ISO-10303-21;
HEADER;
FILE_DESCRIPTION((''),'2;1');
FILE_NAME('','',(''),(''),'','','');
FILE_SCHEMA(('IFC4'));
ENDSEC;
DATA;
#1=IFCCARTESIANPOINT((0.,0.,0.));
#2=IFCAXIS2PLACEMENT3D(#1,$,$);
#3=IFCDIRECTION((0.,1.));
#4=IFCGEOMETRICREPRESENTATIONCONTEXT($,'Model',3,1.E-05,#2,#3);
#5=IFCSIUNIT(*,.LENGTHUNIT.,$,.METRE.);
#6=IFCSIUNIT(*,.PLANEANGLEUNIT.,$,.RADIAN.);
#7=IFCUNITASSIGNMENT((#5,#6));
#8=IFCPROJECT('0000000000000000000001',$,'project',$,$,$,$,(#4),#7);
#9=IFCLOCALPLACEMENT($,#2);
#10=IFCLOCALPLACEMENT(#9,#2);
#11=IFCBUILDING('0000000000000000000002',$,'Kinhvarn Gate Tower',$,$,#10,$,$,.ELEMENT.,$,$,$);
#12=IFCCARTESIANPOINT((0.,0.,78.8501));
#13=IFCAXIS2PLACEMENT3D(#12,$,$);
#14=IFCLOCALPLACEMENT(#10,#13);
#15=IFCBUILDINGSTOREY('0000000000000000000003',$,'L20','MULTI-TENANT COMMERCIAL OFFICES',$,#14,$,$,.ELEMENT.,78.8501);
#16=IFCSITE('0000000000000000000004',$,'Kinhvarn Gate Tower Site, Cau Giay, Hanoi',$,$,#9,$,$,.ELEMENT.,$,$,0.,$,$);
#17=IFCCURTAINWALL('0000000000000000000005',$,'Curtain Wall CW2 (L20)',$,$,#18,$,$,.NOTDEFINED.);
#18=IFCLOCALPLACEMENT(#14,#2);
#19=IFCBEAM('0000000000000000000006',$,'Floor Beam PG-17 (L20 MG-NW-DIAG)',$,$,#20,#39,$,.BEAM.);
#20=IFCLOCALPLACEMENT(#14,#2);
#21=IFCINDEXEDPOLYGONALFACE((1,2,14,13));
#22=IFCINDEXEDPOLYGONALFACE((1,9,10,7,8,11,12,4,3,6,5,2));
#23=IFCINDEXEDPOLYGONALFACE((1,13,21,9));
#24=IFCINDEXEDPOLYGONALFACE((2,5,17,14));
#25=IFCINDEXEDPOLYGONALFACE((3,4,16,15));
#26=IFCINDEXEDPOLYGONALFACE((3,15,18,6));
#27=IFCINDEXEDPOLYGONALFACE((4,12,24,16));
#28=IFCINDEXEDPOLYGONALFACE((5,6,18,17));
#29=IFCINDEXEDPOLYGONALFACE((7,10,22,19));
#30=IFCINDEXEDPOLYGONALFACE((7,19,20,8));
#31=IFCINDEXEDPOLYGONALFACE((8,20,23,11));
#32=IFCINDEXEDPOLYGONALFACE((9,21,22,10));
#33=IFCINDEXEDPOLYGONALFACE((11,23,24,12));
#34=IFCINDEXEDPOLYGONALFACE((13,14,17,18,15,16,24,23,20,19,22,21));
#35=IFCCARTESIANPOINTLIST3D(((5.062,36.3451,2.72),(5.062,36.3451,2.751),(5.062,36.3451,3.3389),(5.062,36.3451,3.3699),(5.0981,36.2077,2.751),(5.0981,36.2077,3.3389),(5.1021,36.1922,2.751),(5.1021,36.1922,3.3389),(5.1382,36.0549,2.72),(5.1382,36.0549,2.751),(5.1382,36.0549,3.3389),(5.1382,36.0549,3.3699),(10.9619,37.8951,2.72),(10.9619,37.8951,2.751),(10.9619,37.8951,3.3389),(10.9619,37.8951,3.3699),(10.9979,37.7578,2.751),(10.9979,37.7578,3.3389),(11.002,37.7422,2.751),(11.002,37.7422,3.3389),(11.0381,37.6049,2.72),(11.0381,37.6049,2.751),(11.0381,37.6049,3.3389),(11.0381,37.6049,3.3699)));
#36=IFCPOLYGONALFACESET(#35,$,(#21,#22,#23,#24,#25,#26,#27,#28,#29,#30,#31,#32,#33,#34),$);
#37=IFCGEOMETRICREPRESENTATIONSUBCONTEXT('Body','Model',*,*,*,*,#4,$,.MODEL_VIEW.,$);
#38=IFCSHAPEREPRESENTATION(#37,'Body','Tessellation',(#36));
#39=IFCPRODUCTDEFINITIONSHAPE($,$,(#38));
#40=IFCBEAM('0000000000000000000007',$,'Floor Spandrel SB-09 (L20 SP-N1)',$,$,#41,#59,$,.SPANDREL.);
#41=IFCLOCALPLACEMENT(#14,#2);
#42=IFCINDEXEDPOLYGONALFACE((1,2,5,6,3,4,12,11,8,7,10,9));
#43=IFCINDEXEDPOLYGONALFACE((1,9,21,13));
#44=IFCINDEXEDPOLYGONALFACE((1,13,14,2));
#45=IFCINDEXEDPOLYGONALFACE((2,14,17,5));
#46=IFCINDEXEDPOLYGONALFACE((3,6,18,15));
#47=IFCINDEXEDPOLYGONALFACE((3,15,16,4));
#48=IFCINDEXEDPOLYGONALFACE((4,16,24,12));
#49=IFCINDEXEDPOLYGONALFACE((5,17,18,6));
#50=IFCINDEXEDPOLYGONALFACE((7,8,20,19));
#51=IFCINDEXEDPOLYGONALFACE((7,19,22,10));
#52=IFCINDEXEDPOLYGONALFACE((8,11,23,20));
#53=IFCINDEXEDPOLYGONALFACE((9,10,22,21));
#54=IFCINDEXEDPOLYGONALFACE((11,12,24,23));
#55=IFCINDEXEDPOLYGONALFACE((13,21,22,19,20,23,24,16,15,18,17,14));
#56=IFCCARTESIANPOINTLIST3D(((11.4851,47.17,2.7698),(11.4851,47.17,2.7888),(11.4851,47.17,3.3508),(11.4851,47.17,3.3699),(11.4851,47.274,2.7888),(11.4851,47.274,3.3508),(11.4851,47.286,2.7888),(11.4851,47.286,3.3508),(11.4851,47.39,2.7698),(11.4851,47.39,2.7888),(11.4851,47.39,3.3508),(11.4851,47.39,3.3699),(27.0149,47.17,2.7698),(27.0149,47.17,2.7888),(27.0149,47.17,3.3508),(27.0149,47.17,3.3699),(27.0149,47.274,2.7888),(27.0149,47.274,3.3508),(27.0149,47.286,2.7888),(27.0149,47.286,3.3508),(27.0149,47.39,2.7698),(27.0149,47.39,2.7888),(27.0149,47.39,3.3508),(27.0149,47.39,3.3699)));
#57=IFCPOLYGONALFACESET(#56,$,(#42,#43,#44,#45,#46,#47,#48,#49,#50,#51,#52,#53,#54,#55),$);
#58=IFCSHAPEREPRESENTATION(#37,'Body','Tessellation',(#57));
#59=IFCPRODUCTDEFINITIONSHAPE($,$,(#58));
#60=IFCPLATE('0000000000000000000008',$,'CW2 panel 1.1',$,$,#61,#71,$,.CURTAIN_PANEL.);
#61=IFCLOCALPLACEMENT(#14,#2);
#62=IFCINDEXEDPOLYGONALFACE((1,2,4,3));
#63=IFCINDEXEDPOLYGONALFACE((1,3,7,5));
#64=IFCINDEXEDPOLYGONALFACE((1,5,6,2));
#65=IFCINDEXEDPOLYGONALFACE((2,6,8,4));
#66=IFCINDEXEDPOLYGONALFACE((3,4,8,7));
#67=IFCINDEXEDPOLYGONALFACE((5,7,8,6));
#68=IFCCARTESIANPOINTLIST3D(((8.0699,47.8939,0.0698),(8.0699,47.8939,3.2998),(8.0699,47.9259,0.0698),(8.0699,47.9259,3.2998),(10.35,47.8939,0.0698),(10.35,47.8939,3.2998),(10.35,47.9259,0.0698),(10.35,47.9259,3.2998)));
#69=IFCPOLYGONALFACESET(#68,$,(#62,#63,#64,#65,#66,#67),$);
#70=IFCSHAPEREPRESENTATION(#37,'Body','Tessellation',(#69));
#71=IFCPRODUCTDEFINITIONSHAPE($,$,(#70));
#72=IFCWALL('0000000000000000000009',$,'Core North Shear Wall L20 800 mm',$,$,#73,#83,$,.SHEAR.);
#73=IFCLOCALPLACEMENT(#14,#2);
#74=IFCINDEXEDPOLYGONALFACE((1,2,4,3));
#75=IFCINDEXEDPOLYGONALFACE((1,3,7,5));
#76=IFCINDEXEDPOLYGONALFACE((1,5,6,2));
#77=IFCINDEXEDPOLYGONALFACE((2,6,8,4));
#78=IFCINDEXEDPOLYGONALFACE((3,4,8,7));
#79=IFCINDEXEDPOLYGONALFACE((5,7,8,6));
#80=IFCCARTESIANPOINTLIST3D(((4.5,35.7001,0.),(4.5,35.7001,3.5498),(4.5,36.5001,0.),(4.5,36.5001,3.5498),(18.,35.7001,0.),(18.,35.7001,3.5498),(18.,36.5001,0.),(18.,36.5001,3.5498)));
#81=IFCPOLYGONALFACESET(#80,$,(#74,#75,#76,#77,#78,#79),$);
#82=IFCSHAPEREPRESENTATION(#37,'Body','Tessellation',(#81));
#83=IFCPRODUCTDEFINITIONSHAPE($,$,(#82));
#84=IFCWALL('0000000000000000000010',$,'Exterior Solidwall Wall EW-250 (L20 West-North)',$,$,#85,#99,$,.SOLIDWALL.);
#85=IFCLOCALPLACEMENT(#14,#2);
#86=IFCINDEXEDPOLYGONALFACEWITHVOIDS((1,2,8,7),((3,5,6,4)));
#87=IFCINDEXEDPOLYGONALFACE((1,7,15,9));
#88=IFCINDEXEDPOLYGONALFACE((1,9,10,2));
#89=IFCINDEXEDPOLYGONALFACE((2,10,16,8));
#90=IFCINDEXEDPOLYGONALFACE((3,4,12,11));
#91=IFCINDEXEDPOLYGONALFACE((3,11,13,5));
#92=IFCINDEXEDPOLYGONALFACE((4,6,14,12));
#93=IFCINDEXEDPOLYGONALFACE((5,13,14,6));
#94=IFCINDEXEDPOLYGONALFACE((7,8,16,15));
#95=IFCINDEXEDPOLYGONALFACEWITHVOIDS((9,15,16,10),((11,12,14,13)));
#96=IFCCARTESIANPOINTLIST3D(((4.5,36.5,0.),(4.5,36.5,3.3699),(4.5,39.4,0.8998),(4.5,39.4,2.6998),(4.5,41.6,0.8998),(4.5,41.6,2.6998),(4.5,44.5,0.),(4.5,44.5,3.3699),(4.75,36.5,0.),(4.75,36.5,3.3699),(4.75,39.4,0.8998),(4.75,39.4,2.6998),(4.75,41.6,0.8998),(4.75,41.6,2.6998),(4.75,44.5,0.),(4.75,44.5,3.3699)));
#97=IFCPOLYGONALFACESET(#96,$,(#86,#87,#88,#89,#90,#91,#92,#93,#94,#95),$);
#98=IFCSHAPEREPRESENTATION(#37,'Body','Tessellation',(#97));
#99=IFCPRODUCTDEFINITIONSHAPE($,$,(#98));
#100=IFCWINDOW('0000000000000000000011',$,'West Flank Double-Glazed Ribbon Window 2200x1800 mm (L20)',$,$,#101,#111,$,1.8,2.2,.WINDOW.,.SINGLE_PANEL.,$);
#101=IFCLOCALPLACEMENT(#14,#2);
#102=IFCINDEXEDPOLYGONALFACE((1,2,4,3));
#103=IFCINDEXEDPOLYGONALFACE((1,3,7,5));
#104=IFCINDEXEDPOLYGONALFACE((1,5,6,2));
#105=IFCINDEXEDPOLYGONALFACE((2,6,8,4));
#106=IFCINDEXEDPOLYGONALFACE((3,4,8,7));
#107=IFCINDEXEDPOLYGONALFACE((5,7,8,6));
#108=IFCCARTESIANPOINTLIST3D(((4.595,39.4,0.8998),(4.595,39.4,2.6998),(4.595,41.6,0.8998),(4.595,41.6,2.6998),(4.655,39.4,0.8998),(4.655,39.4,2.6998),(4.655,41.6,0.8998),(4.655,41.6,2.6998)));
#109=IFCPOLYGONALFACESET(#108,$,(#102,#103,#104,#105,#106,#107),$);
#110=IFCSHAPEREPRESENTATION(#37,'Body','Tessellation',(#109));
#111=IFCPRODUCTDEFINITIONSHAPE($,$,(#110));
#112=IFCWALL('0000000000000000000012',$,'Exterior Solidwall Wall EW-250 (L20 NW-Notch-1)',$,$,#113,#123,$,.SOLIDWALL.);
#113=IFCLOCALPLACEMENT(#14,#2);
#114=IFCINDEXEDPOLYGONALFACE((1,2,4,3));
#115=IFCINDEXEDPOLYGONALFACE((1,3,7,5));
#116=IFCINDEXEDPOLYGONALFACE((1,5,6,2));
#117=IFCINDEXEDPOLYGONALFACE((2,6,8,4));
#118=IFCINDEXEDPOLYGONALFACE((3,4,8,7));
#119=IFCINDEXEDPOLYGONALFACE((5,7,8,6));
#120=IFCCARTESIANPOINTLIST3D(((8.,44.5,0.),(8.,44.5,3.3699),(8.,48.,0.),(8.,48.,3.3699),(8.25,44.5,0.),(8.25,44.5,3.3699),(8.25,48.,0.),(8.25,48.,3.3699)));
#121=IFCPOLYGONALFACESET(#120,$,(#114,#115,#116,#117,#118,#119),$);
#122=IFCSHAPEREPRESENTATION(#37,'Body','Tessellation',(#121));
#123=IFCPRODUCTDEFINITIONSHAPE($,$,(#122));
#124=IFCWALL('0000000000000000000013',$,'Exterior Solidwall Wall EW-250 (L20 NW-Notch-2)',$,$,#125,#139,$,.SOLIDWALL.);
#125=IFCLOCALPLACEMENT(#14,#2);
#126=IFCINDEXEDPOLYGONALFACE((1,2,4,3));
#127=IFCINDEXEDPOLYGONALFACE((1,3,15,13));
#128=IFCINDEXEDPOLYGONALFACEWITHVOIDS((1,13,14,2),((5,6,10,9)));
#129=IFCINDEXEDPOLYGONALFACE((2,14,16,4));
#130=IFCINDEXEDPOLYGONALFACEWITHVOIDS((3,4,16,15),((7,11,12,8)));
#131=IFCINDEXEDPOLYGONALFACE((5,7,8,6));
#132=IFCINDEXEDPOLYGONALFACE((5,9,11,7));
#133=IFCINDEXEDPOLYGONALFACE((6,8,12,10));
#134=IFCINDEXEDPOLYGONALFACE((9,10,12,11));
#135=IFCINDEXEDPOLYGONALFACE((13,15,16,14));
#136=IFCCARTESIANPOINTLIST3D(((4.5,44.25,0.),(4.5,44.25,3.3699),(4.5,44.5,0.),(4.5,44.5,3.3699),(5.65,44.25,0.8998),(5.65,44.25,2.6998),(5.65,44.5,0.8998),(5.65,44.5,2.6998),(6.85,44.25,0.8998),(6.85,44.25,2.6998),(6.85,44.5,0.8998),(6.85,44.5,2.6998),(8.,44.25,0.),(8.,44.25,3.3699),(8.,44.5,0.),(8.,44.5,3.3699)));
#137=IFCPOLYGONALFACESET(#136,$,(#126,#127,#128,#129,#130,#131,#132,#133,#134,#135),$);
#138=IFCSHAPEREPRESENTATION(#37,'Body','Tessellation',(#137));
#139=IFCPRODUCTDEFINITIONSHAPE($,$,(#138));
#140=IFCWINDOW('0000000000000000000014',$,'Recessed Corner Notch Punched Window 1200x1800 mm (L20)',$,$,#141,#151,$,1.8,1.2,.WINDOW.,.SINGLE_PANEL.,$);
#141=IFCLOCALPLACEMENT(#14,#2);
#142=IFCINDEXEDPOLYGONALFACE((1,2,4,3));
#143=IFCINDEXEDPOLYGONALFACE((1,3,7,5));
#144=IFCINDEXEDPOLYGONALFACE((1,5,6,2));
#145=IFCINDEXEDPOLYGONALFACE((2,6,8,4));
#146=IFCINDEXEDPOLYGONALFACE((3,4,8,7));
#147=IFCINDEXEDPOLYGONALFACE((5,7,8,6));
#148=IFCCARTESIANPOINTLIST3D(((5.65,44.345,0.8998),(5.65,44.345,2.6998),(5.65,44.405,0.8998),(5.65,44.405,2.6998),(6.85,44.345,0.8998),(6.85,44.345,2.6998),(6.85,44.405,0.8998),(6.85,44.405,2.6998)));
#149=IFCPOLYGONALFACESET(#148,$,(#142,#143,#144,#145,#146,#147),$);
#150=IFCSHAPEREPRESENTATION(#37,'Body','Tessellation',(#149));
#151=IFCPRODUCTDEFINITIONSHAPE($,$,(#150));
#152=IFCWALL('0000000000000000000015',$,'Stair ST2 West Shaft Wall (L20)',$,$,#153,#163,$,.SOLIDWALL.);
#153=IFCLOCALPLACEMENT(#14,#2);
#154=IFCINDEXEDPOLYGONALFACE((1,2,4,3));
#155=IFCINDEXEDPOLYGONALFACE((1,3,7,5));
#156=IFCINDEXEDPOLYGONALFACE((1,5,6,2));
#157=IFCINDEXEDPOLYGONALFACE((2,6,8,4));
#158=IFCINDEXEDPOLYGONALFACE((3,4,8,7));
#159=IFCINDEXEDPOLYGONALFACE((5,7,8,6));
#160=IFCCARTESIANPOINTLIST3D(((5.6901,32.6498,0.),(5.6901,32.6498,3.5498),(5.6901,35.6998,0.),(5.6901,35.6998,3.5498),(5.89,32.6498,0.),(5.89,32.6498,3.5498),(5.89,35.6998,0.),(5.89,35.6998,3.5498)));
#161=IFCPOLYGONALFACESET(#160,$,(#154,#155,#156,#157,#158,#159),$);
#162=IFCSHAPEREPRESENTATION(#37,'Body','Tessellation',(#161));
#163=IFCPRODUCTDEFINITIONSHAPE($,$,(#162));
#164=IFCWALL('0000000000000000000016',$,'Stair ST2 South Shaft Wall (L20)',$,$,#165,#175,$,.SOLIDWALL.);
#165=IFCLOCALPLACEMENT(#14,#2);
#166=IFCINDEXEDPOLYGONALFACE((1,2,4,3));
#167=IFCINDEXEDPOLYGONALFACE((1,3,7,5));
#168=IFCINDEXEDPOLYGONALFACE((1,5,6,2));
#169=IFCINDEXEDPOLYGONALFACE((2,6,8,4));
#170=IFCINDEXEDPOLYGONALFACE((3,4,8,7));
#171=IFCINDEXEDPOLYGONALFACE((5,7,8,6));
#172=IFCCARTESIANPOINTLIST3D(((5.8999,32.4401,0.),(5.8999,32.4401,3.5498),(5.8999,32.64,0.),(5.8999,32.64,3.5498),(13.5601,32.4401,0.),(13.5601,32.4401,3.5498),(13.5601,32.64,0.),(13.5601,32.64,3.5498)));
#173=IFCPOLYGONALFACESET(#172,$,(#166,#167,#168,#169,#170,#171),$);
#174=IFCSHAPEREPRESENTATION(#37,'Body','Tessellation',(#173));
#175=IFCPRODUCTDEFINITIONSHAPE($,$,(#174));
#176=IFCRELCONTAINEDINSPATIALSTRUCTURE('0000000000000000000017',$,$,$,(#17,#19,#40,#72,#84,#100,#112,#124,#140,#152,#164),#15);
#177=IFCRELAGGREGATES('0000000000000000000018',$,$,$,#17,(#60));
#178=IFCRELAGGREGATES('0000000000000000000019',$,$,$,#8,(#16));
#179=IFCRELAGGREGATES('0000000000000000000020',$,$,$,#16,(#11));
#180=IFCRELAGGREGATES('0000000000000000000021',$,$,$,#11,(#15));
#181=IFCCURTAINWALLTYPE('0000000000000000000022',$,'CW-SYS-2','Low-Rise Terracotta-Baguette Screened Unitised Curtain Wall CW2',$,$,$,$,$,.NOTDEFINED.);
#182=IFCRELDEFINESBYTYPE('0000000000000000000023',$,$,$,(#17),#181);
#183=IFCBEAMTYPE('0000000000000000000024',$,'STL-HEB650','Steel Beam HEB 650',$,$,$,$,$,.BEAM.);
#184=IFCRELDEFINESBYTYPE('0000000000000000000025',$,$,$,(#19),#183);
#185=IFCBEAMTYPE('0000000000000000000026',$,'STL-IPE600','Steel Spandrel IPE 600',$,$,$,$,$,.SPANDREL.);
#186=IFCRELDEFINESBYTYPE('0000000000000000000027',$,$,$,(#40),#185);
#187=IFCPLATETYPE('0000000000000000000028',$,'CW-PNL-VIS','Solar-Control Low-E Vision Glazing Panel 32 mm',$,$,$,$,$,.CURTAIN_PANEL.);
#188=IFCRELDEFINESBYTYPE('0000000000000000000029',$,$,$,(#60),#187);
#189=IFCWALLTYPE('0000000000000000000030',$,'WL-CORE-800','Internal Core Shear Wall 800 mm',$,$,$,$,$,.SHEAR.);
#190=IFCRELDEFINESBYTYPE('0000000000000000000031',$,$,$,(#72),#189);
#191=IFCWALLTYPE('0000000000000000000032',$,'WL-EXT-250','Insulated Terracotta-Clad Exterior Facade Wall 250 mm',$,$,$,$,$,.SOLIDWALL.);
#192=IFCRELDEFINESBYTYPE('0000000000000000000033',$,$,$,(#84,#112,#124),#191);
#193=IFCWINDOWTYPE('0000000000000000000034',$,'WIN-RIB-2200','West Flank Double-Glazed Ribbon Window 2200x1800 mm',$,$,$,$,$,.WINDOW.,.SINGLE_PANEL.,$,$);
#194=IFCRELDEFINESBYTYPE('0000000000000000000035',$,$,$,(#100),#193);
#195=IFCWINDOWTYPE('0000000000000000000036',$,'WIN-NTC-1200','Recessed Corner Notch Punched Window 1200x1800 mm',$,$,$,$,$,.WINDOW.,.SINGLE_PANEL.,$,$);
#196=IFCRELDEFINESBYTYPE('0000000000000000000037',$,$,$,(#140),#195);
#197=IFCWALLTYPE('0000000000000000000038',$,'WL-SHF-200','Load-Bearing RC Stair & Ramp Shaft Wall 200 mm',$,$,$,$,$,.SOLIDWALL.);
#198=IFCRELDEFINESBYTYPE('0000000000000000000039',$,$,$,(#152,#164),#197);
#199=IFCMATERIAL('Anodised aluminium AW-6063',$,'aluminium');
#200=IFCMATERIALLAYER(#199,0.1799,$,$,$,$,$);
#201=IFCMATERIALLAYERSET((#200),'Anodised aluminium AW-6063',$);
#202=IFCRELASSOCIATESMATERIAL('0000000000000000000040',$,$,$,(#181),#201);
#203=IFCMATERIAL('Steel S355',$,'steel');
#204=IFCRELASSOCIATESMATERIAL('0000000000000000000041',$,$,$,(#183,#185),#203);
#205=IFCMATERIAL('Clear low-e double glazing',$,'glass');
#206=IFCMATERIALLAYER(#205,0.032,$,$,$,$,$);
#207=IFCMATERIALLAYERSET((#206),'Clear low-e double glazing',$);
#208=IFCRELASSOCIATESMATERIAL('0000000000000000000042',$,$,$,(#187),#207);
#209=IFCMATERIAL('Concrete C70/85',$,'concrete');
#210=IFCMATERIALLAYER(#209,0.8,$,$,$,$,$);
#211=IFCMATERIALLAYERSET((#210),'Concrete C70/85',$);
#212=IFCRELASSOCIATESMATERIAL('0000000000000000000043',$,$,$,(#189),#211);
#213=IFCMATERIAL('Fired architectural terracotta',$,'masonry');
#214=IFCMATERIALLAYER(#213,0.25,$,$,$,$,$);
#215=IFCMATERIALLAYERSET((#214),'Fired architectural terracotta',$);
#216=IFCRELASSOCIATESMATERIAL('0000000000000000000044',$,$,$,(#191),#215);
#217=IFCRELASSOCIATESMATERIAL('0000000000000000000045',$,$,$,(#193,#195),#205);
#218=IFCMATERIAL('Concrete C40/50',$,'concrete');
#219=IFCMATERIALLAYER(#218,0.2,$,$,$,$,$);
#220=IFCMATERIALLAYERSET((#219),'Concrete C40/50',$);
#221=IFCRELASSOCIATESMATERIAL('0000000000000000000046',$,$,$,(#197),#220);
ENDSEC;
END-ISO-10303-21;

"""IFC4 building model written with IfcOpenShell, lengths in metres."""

from ifc_helpers import new_model, si_unit, direction, frame, frame_2d, origin, origin_2d, place, context, subcontext, project, spatial, rectangle, i_section, extrude, material, layer, layer_set, material_profile, profile_set, type_object, element, fill, aggregate, save


model = new_model("IFC4")

# Units and contexts
model_context = context("Model", 3, precision=1e-05, world=origin(), true_north=direction((0.0, 1.0)))
body_context = subcontext(model_context, "Body", "Model", "MODEL_VIEW")
ifc_project = project(units=[si_unit("LENGTHUNIT", "METRE"), si_unit("PLANEANGLEUNIT", "RADIAN")], contexts=[model_context])

# Site, building, storey
site_placement = place(None, origin())
site = spatial("IfcSite", under=ifc_project, at=site_placement, Name="Kinhvarn Gate Tower Site, Cau Giay, Hanoi", CompositionType="ELEMENT", RefElevation=0.0)
building_placement = place(site_placement, origin())
building = spatial("IfcBuilding", under=site, at=building_placement, Name="Kinhvarn Gate Tower", CompositionType="ELEMENT")
storey_placement = place(building_placement, frame((0.0, 0.0, 78.8501)))
storey = spatial("IfcBuildingStorey", under=building, at=storey_placement, Name="L20", Description="MULTI-TENANT COMMERCIAL OFFICES", CompositionType="ELEMENT", Elevation=78.8501)

# Shared definitions
ifc_material_1 = material(Name="Concrete C70/85", Category="concrete")

# Shared definitions
ifc_material_2 = material(Name="Anodised aluminium AW-6063", Category="aluminium")
ifc_layer_1 = layer(ifc_material_2, 0.1799)
ifc_layer_set_1 = layer_set([ifc_layer_1], Name="Anodised aluminium AW-6063")
curtain_wall_type = type_object("IfcCurtainWallType", Name="CW-SYS-2", Description="Low-Rise Terracotta-Baguette Screened Unitised Curtain Wall CW2", PredefinedType="NOTDEFINED", material=ifc_layer_set_1)

# Curtain wall
curtain_wall_1_placement = place(storey_placement, origin())
curtain_wall_1 = element("IfcCurtainWall", 1, at=curtain_wall_1_placement, inside=storey, type_object=curtain_wall_type, Name="Curtain Wall CW2 (L20)", PredefinedType="NOTDEFINED")

# Beams
ifc_material_3 = material(Name="Steel S355", Category="steel")
ifc_material_profile_1 = material_profile(ifc_material_3, i_section(OverallWidth=0.3, OverallDepth=0.6499, WebThickness=0.0161, FlangeThickness=0.031, at=origin_2d()), Name="HEB 650")
ifc_profile_set_1 = profile_set([ifc_material_profile_1], Name="Steel S355")
beam_type_1 = type_object("IfcBeamType", Name="STL-HEB650", Description="Steel Beam HEB 650", PredefinedType="BEAM", material=ifc_profile_set_1)
beam_1_placement = place(storey_placement, frame((5.1001, 36.2, 3.0449), z_axis=(0.967178, 0.254101, 0.0), x_axis=(-0.254101, 0.967178, 0.0)))
element("IfcBeam", 2, at=beam_1_placement, inside=storey, type_object=beam_type_1, Name="Floor Beam PG-17 (L20 MG-NW-DIAG)", PredefinedType="BEAM", context=body_context, shape_type="SweptSolid", body=[
    extrude(i_section(OverallWidth=0.3, OverallDepth=0.6499, WebThickness=0.0161, FlangeThickness=0.031, at=origin_2d()), origin(), (0.0, 0.0, 1.0), 6.1001),
])
ifc_material_profile_2 = material_profile(ifc_material_3, i_section(OverallWidth=0.22, OverallDepth=0.6001, WebThickness=0.012, FlangeThickness=0.019, at=origin_2d()), Name="IPE 600")
ifc_profile_set_2 = profile_set([ifc_material_profile_2], Name="Steel S355")
beam_type_2 = type_object("IfcBeamType", Name="STL-IPE600", Description="Steel Spandrel IPE 600", PredefinedType="SPANDREL", material=ifc_profile_set_2)
beam_2_placement = place(storey_placement, frame((11.4851, 47.28, 3.0698), z_axis=(1.0, 0.0, 0.0), x_axis=(0.0, 1.0, 0.0)))
element("IfcBeam", 3, at=beam_2_placement, inside=storey, type_object=beam_type_2, Name="Floor Spandrel SB-09 (L20 SP-N1)", PredefinedType="SPANDREL", context=body_context, shape_type="SweptSolid", body=[
    extrude(i_section(OverallWidth=0.22, OverallDepth=0.6001, WebThickness=0.012, FlangeThickness=0.019, at=origin_2d()), origin(), (0.0, 0.0, 1.0), 15.5298),
])

# Plate
ifc_material_4 = material(Name="Clear low-e double glazing", Category="glass")
ifc_layer_2 = layer(ifc_material_4, 0.032)
ifc_layer_set_2 = layer_set([ifc_layer_2], Name="Clear low-e double glazing")
plate_type = type_object("IfcPlateType", Name="CW-PNL-VIS", Description="Solar-Control Low-E Vision Glazing Panel 32 mm", PredefinedType="CURTAIN_PANEL", material=ifc_layer_set_2)
plate_placement = place(storey_placement, frame((9.21, 47.9099, 0.0698), z_axis=(0.0, 0.0, 1.0), x_axis=(-1.0, 0.0, 0.0)))
plate = element("IfcPlate", 4, at=plate_placement, type_object=plate_type, Name="CW2 panel 1.1", PredefinedType="CURTAIN_PANEL", context=body_context, shape_type="SweptSolid", body=[
    extrude(rectangle(XDim=2.28, YDim=0.032, at=origin_2d()), origin(), (0.0, 0.0, 1.0), 3.23),
])
aggregate(curtain_wall_1, [plate])

# Wall
ifc_layer_3 = layer(ifc_material_1, 0.8)
ifc_layer_set_3 = layer_set([ifc_layer_3], Name="Concrete C70/85")
wall_type_1 = type_object("IfcWallType", Name="WL-CORE-800", Description="Internal Core Shear Wall 800 mm", PredefinedType="SHEAR", material=ifc_layer_set_3)
wall_1_placement = place(storey_placement, frame((4.5, 36.1001, 0.0), z_axis=(0.0, 0.0, 1.0), x_axis=(1.0, 0.0, 0.0)))
element("IfcWall", 5, at=wall_1_placement, inside=storey, type_object=wall_type_1, Name="Core North Shear Wall L20 800 mm", PredefinedType="SHEAR", context=body_context, shape_type="SweptSolid", body=[
    extrude(rectangle(XDim=13.5, YDim=0.8, at=frame_2d((6.75, 0.0))), origin(), (0.0, 0.0, 1.0), 3.5498),
])

# Wall, opening, window
ifc_material_5 = material(Name="Fired architectural terracotta", Category="masonry")
ifc_layer_4 = layer(ifc_material_5, 0.25)
ifc_layer_set_4 = layer_set([ifc_layer_4], Name="Fired architectural terracotta")
wall_type_2 = type_object("IfcWallType", Name="WL-EXT-250", Description="Insulated Terracotta-Clad Exterior Facade Wall 250 mm", PredefinedType="SOLIDWALL", material=ifc_layer_set_4)
wall_2_placement = place(storey_placement, frame((4.625, 44.5, 0.0), z_axis=(0.0, 0.0, 1.0), x_axis=(0.0, -1.0, 0.0)))
wall_2 = element("IfcWall", 6, at=wall_2_placement, inside=storey, type_object=wall_type_2, Name="Exterior Solidwall Wall EW-250 (L20 West-North)", PredefinedType="SOLIDWALL", context=body_context, shape_type="SweptSolid", body=[
    extrude(rectangle(XDim=8.0, YDim=0.25, at=frame_2d((4.0, 0.0))), origin(), (0.0, 0.0, 1.0), 3.3699),
])
opening_1_placement = place(wall_2_placement, frame((2.8999, 0.0, 0.8999)))
opening_1 = element("IfcOpeningElement", 7, at=opening_1_placement, cuts=wall_2, PredefinedType="OPENING", context=body_context, shape_type="SweptSolid", body=[
    extrude(rectangle(XDim=2.2, YDim=1.8, at=frame_2d((1.1001, 0.8999))), frame((0.0, 0.135, 0.0), z_axis=(0.0, -1.0, 0.0), x_axis=(1.0, 0.0, 0.0)), (0.0, 0.0, 1.0), 0.27),
])
window_type_1 = type_object("IfcWindowType", Name="WIN-RIB-2200", Description="West Flank Double-Glazed Ribbon Window 2200x1800 mm", PartitioningType="SINGLE_PANEL", PredefinedType="WINDOW", material=ifc_material_4)
window_1_placement = place(opening_1_placement, origin())
window_1 = element("IfcWindow", 8, at=window_1_placement, inside=storey, type_object=window_type_1, Name="West Flank Double-Glazed Ribbon Window 2200x1800 mm (L20)", OverallHeight=1.8, OverallWidth=2.2, PartitioningType="SINGLE_PANEL", PredefinedType="WINDOW", context=body_context, shape_type="SweptSolid", body=[
    extrude(rectangle(XDim=2.2, YDim=1.8, at=frame_2d((1.1001, 0.8999))), frame((0.0, 0.03, 0.0), z_axis=(0.0, -1.0, 0.0), x_axis=(1.0, 0.0, 0.0)), (0.0, 0.0, 1.0), 0.0601),
])
fill(opening_1, window_1)

# Wall
wall_3_placement = place(storey_placement, frame((8.125, 48.0, 0.0), z_axis=(0.0, 0.0, 1.0), x_axis=(0.0, -1.0, 0.0)))
element("IfcWall", 9, at=wall_3_placement, inside=storey, type_object=wall_type_2, Name="Exterior Solidwall Wall EW-250 (L20 NW-Notch-1)", PredefinedType="SOLIDWALL", context=body_context, shape_type="SweptSolid", body=[
    extrude(rectangle(XDim=3.5, YDim=0.25, at=frame_2d((1.75, 0.0))), origin(), (0.0, 0.0, 1.0), 3.3699),
])

# Wall, opening, window
wall_4_placement = place(storey_placement, frame((8.0, 44.375, 0.0), z_axis=(0.0, 0.0, 1.0), x_axis=(-1.0, 0.0, 0.0)))
wall_4 = element("IfcWall", 10, at=wall_4_placement, inside=storey, type_object=wall_type_2, Name="Exterior Solidwall Wall EW-250 (L20 NW-Notch-2)", PredefinedType="SOLIDWALL", context=body_context, shape_type="SweptSolid", body=[
    extrude(rectangle(XDim=3.5, YDim=0.25, at=frame_2d((1.75, 0.0))), origin(), (0.0, 0.0, 1.0), 3.3699),
])
opening_2_placement = place(wall_4_placement, frame((1.1499, 0.0, 0.8999)))
opening_2 = element("IfcOpeningElement", 11, at=opening_2_placement, cuts=wall_4, PredefinedType="OPENING", context=body_context, shape_type="SweptSolid", body=[
    extrude(rectangle(XDim=1.2, YDim=1.8, at=frame_2d((0.6001, 0.8999))), frame((0.0, 0.135, 0.0), z_axis=(0.0, -1.0, 0.0), x_axis=(1.0, 0.0, 0.0)), (0.0, 0.0, 1.0), 0.27),
])
window_type_2 = type_object("IfcWindowType", Name="WIN-NTC-1200", Description="Recessed Corner Notch Punched Window 1200x1800 mm", PartitioningType="SINGLE_PANEL", PredefinedType="WINDOW", material=ifc_material_4)
window_2_placement = place(opening_2_placement, origin())
window_2 = element("IfcWindow", 12, at=window_2_placement, inside=storey, type_object=window_type_2, Name="Recessed Corner Notch Punched Window 1200x1800 mm (L20)", OverallHeight=1.8, OverallWidth=1.2, PartitioningType="SINGLE_PANEL", PredefinedType="WINDOW", context=body_context, shape_type="SweptSolid", body=[
    extrude(rectangle(XDim=1.2, YDim=1.8, at=frame_2d((0.6001, 0.8999))), frame((0.0, 0.03, 0.0), z_axis=(0.0, -1.0, 0.0), x_axis=(1.0, 0.0, 0.0)), (0.0, 0.0, 1.0), 0.0601),
])
fill(opening_2, window_2)

# Walls
ifc_material_6 = material(Name="Concrete C40/50", Category="concrete")
ifc_layer_5 = layer(ifc_material_6, 0.2)
ifc_layer_set_5 = layer_set([ifc_layer_5], Name="Concrete C40/50")
wall_type_3 = type_object("IfcWallType", Name="WL-SHF-200", Description="Load-Bearing RC Stair & Ramp Shaft Wall 200 mm", PredefinedType="SOLIDWALL", material=ifc_layer_set_5)
wall_5_placement = place(storey_placement, frame((5.79, 32.6499, 0.0), z_axis=(0.0, 0.0, 1.0), x_axis=(0.0, 1.0, 0.0)))
element("IfcWall", 13, at=wall_5_placement, inside=storey, type_object=wall_type_3, Name="Stair ST2 West Shaft Wall (L20)", PredefinedType="SOLIDWALL", context=body_context, shape_type="SweptSolid", body=[
    extrude(rectangle(XDim=3.05, YDim=0.2, at=frame_2d((1.5249, 0.0))), origin(), (0.0, 0.0, 1.0), 3.5498),
])
wall_6_placement = place(storey_placement, frame((5.8999, 32.54, 0.0), z_axis=(0.0, 0.0, 1.0), x_axis=(1.0, 0.0, 0.0)))
element("IfcWall", 14, at=wall_6_placement, inside=storey, type_object=wall_type_3, Name="Stair ST2 South Shaft Wall (L20)", PredefinedType="SOLIDWALL", context=body_context, shape_type="SweptSolid", body=[
    extrude(rectangle(XDim=7.6602, YDim=0.2, at=frame_2d((3.8301, 0.0))), origin(), (0.0, 0.0, 1.0), 3.5498),
])

save(model, "model.ifc")
